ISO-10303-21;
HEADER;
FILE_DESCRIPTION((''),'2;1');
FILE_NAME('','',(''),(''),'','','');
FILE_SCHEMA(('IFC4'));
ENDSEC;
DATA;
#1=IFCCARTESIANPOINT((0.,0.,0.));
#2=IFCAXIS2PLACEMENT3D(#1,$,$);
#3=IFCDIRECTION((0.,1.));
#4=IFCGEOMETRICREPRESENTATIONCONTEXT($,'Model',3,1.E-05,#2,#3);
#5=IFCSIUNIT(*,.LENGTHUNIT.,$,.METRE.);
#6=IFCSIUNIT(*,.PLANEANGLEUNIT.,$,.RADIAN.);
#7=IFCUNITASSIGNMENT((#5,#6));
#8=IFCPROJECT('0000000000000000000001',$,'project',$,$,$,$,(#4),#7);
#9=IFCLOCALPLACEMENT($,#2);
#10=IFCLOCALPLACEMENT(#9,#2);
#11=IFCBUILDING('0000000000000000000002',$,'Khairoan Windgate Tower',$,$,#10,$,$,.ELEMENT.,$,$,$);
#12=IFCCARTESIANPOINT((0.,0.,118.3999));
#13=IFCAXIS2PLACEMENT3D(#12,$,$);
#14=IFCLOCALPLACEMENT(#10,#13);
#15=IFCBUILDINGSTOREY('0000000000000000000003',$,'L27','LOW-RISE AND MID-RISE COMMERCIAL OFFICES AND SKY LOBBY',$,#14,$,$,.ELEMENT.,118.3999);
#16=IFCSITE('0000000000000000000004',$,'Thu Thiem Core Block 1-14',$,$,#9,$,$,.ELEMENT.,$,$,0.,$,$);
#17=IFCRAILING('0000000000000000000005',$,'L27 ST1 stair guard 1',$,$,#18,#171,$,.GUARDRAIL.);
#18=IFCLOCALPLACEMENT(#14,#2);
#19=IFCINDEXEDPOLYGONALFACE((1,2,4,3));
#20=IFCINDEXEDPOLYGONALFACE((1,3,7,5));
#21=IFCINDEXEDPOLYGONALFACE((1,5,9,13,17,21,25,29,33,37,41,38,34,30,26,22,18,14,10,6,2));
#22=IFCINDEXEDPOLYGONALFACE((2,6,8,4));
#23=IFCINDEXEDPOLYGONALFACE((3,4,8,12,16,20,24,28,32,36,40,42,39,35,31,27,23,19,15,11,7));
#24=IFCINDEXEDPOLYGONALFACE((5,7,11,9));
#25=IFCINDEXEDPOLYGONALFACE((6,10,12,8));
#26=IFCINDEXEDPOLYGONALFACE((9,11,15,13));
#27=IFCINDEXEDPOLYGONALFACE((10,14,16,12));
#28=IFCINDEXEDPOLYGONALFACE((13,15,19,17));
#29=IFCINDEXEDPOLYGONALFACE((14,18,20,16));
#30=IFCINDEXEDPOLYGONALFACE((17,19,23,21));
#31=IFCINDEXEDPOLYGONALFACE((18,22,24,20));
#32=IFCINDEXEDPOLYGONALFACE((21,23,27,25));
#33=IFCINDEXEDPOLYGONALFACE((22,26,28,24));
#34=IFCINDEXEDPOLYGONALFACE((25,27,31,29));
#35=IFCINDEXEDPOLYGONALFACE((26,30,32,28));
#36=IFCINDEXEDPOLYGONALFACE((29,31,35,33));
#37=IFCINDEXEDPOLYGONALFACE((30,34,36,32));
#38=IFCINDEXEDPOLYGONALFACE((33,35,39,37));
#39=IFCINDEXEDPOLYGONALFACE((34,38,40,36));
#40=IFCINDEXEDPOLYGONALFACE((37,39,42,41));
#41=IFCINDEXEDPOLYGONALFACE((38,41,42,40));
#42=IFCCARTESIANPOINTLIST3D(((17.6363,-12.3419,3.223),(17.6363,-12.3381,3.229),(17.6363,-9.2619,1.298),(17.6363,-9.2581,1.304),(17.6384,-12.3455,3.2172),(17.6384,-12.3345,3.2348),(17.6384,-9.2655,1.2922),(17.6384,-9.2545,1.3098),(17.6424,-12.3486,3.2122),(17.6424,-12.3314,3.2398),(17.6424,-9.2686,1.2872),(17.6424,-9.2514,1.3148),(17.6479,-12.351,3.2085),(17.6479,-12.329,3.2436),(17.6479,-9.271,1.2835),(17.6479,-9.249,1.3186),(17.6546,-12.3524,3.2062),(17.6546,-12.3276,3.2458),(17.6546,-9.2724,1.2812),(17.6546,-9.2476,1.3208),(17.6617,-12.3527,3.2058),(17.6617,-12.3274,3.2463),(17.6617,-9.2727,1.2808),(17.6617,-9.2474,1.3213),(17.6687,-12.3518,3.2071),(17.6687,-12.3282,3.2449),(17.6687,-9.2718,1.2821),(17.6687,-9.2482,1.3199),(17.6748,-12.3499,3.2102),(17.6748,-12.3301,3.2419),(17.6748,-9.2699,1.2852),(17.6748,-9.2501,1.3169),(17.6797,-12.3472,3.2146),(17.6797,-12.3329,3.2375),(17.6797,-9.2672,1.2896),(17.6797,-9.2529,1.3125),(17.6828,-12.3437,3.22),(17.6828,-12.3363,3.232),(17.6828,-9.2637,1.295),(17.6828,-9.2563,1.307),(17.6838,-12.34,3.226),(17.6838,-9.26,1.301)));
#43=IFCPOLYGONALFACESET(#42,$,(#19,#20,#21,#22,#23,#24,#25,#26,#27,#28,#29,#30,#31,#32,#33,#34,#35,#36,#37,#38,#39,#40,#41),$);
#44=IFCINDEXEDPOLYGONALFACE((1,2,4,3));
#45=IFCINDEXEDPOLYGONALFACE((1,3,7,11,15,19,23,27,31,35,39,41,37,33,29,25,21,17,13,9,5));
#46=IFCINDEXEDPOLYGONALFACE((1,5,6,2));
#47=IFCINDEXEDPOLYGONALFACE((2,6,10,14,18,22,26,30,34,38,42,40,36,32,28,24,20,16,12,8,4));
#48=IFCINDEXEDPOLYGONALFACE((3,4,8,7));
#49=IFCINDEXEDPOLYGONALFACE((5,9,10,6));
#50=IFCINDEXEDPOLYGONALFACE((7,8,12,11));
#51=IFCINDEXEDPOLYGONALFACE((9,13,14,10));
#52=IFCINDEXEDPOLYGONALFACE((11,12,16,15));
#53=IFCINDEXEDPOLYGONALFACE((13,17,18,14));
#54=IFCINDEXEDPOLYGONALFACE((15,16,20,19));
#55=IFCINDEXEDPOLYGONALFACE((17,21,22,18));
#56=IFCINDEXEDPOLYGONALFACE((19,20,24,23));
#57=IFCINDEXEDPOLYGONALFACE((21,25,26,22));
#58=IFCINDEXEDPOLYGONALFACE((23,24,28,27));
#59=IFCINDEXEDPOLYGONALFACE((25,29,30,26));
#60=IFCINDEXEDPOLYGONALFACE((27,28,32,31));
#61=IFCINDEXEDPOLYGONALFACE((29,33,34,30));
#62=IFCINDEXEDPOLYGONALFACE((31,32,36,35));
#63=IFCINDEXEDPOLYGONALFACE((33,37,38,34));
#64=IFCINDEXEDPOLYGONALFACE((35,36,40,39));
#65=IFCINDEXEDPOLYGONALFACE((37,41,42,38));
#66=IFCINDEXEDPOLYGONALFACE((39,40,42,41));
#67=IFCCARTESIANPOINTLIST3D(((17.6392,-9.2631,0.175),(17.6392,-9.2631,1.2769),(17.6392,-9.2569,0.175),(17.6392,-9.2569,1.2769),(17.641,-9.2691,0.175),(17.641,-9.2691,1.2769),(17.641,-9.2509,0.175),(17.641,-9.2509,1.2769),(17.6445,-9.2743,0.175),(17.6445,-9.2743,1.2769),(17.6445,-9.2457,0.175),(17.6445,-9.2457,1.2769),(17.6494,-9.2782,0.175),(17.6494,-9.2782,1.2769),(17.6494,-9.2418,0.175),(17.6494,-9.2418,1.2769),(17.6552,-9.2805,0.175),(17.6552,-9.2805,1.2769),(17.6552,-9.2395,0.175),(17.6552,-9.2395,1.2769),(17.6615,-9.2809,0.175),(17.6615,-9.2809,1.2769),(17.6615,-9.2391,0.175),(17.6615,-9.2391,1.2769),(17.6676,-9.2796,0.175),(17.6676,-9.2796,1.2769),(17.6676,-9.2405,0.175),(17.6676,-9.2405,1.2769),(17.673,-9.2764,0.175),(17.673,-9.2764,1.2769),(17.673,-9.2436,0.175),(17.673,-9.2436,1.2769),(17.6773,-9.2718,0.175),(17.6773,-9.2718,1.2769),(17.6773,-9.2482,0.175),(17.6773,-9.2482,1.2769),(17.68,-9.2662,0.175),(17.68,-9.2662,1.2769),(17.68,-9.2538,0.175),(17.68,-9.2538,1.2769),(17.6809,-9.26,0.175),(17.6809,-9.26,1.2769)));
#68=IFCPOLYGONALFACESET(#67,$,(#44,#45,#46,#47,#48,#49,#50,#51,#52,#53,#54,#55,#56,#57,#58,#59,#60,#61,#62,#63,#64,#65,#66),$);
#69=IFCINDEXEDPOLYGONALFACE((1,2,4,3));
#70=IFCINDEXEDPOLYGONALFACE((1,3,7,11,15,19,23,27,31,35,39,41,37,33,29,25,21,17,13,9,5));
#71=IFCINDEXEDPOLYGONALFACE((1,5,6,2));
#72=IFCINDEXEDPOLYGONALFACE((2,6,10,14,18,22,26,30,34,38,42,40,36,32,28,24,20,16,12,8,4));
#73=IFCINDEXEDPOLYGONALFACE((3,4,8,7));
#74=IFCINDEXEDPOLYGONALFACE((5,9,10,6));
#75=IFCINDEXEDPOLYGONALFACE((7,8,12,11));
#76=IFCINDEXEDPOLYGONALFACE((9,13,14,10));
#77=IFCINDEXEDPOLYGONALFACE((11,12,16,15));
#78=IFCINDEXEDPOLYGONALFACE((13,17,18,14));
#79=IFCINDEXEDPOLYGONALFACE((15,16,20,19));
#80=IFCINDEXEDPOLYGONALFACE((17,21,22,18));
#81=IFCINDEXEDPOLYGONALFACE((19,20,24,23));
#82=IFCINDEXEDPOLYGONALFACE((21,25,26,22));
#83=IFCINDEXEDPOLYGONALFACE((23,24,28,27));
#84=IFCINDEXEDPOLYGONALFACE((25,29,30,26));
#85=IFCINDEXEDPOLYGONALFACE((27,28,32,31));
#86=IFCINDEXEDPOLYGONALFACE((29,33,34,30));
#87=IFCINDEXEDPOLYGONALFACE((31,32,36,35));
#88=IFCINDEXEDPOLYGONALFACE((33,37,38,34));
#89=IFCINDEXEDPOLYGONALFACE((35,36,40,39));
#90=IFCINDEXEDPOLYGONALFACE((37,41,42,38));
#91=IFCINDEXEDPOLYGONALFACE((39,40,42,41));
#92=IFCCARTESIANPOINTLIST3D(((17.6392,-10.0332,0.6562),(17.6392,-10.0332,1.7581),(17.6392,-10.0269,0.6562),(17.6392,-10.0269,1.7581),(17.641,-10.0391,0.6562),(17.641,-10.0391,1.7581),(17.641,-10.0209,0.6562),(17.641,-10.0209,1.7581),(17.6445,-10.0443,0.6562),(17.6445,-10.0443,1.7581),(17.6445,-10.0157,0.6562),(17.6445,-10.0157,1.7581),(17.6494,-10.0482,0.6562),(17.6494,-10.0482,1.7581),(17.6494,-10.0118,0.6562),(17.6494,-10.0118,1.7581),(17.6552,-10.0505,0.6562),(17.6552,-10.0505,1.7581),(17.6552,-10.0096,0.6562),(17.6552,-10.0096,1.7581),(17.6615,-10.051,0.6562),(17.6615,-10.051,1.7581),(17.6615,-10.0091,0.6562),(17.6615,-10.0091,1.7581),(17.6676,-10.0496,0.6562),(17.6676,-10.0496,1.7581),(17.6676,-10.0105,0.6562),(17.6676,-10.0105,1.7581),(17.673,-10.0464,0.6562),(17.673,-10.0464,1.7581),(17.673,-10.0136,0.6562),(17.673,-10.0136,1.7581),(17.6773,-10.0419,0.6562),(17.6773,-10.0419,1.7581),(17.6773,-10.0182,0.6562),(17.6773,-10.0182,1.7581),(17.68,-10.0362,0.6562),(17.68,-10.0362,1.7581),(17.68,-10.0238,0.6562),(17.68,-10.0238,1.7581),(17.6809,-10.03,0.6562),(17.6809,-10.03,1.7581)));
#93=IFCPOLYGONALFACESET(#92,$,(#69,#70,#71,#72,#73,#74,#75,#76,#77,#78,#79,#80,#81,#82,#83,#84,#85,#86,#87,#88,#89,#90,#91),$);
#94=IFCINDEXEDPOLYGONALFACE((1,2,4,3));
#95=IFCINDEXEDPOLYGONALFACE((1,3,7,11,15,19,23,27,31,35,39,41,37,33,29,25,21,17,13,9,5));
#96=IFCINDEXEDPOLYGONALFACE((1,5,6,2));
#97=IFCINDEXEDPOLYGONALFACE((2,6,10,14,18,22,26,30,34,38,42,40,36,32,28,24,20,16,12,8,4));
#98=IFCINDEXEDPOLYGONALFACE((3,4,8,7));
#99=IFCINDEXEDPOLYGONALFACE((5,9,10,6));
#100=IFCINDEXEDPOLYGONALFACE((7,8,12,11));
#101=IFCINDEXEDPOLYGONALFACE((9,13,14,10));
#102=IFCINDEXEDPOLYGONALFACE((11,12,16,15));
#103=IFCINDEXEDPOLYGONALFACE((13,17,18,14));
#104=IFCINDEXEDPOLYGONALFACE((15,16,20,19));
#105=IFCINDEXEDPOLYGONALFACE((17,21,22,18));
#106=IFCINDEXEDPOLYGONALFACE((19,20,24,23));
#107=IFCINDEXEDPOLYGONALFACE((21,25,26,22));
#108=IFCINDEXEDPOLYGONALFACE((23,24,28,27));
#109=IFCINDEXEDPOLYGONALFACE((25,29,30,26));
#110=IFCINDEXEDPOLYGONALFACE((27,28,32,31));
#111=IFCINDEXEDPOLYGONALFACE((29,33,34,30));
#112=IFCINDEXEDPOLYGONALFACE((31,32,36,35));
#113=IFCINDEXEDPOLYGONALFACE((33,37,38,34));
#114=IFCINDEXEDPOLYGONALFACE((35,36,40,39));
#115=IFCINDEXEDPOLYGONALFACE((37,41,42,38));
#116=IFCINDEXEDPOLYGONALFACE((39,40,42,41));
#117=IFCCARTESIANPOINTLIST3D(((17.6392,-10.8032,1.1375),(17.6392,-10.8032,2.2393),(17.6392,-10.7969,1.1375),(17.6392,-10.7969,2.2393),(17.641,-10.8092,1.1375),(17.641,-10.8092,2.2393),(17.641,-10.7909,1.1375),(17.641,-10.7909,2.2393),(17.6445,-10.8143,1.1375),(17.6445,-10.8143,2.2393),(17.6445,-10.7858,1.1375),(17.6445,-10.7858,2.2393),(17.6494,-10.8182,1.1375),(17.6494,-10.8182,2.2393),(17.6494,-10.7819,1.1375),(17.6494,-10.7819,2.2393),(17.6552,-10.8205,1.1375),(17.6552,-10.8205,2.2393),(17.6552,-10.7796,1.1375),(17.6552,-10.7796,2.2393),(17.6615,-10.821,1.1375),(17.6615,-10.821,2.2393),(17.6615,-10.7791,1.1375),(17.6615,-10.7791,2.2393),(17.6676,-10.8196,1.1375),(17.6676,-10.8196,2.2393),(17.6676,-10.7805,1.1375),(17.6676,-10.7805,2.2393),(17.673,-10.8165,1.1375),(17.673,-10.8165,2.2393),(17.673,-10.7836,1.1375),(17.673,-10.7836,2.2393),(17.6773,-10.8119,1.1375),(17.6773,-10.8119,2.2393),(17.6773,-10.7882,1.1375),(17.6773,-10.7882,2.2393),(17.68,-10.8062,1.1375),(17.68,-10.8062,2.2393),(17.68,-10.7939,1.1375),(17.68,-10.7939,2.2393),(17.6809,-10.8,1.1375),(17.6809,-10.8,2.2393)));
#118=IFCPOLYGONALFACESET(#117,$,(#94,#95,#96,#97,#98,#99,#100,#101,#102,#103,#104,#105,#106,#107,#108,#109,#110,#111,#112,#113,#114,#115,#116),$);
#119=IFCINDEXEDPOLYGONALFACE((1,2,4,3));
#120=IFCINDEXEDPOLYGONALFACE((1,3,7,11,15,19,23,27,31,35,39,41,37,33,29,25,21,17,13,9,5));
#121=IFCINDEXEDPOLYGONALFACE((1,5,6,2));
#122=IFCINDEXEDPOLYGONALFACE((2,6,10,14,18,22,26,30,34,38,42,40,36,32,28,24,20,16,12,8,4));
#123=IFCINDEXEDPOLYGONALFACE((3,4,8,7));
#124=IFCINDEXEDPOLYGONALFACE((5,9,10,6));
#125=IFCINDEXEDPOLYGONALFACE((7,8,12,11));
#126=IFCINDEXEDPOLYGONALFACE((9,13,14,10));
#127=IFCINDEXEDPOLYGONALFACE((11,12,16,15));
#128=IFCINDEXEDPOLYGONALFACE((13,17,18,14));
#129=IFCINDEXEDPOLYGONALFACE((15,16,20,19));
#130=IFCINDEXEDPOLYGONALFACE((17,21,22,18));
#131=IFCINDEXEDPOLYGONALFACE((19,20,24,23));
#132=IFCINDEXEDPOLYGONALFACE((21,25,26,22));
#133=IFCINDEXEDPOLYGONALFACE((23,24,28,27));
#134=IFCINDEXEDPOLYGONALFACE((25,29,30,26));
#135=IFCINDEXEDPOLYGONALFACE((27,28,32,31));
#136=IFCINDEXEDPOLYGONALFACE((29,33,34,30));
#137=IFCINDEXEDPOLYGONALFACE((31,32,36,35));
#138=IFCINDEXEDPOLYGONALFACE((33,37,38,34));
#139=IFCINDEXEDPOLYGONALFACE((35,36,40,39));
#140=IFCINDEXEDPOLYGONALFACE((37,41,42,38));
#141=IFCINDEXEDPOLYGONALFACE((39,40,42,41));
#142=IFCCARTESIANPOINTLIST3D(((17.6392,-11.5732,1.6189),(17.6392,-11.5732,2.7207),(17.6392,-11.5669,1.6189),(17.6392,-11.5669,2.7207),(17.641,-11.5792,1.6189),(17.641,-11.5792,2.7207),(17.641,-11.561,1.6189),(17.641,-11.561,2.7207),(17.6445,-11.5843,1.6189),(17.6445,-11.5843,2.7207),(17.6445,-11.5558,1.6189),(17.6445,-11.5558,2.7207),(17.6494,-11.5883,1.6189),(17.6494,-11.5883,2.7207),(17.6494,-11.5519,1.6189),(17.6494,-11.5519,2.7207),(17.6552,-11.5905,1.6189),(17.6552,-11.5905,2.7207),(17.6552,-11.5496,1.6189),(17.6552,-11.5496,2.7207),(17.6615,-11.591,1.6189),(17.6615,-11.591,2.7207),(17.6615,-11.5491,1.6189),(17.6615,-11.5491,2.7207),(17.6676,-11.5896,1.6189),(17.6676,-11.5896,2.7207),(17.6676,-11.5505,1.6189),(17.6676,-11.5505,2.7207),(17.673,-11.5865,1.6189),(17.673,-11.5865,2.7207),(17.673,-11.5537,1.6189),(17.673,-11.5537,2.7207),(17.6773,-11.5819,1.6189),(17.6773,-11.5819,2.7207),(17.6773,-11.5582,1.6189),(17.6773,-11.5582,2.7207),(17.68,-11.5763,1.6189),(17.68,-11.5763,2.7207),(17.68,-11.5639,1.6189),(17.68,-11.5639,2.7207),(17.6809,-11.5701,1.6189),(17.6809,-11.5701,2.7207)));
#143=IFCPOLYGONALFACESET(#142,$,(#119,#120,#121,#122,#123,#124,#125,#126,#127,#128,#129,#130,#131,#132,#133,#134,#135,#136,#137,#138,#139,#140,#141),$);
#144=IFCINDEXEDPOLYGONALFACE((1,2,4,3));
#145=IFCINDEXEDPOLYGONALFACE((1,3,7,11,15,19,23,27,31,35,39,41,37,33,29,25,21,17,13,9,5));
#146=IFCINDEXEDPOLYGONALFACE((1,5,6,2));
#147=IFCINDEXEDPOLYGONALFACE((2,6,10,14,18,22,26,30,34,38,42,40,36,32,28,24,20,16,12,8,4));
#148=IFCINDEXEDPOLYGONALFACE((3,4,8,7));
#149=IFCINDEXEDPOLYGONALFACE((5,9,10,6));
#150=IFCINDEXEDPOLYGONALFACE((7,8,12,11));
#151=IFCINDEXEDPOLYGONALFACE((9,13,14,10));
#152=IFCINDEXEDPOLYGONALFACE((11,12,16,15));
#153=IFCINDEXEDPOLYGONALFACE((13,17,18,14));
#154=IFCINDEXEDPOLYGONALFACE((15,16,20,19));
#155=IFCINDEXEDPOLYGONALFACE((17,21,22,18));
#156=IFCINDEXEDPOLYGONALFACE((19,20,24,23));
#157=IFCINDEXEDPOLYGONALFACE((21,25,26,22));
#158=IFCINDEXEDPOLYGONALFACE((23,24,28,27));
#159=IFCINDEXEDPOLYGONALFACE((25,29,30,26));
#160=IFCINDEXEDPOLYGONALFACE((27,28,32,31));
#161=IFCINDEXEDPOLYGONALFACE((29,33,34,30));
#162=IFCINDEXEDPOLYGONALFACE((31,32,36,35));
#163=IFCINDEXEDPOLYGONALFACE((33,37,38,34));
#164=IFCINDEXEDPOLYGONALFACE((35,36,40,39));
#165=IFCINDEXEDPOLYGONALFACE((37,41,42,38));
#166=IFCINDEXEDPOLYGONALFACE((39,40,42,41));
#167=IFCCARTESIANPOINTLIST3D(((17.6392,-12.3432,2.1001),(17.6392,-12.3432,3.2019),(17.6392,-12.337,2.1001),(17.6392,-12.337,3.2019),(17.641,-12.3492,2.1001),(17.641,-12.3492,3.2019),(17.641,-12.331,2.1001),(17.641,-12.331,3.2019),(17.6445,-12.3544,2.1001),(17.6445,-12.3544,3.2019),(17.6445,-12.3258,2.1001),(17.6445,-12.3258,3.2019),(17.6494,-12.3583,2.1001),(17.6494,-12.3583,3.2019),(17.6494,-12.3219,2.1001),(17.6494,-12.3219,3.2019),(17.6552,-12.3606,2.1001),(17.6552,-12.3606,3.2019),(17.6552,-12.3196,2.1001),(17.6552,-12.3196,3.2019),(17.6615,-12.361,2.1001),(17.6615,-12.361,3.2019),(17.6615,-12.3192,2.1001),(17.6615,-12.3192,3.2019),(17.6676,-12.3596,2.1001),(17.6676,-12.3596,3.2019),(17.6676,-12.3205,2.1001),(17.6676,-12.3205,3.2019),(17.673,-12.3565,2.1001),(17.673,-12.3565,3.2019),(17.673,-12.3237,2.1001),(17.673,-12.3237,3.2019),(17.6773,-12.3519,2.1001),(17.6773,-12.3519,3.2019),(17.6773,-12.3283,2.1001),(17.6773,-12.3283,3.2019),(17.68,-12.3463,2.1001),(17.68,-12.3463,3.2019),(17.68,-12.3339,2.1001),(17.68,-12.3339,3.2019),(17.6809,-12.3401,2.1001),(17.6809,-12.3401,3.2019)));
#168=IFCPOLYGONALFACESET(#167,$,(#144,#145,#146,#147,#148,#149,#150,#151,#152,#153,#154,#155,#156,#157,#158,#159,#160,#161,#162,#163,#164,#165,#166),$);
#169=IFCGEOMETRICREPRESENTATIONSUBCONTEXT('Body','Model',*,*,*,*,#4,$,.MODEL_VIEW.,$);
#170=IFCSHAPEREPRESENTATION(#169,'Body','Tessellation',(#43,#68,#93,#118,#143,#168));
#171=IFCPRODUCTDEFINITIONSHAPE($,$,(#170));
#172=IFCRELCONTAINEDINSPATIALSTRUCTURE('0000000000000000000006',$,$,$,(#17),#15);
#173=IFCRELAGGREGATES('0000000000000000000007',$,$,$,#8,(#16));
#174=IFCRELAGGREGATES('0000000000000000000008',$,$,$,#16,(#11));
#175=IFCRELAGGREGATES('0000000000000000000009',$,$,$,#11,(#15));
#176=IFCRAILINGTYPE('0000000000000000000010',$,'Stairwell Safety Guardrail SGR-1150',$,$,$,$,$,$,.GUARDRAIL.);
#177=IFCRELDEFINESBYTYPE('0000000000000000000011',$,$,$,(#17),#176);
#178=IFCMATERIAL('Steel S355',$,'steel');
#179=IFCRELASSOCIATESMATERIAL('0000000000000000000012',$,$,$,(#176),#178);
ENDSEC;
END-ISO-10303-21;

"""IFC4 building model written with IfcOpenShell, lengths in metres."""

from ifc_helpers import new_model, si_unit, direction, frame, origin, origin_2d, place, context, subcontext, project, spatial, circle, extrude, material, type_object, element, save


model = new_model("IFC4")

# Units and contexts
model_context = context("Model", 3, precision=1e-05, world=origin(), true_north=direction((0.0, 1.0)))
body_context = subcontext(model_context, "Body", "Model", "MODEL_VIEW")
ifc_project = project(units=[si_unit("LENGTHUNIT", "METRE"), si_unit("PLANEANGLEUNIT", "RADIAN")], contexts=[model_context])

# Site, building, storey
site_placement = place(None, origin())
site = spatial("IfcSite", under=ifc_project, at=site_placement, Name="Thu Thiem Core Block 1-14", CompositionType="ELEMENT", RefElevation=0.0)
building_placement = place(site_placement, origin())
building = spatial("IfcBuilding", under=site, at=building_placement, Name="Khairoan Windgate Tower", CompositionType="ELEMENT")
storey_placement = place(building_placement, frame((0.0, 0.0, 118.3999)))
storey = spatial("IfcBuildingStorey", under=building, at=storey_placement, Name="L27", Description="LOW-RISE AND MID-RISE COMMERCIAL OFFICES AND SKY LOBBY", CompositionType="ELEMENT", Elevation=118.3999)

# Railing
ifc_material_1 = material(Name="Steel S355", Category="steel")
railing_type_1 = type_object("IfcRailingType", Name="Stairwell Safety Guardrail SGR-1150", PredefinedType="GUARDRAIL", material=ifc_material_1)
railing_1_placement = place(storey_placement, frame((17.6599, -9.26, 0.175)))
element("IfcRailing", 1, at=railing_1_placement, inside=storey, type_object=railing_type_1, Name="L27 ST1 stair guard 1", PredefinedType="GUARDRAIL", context=body_context, shape_type="SweptSolid", body=[
    extrude(circle(Radius=0.0239, at=origin_2d()), frame((0.0, 0.0, 1.126), z_axis=(0.0, -0.847998, 0.529999), x_axis=(1.0, 0.0, 0.0)), (0.0, 0.0, 1.0), 3.6321),
    extrude(circle(Radius=0.021, at=origin_2d()), origin(), (0.0, 0.0, 1.0), 1.1018),
    extrude(circle(Radius=0.021, at=origin_2d()), frame((0.0, -0.77, 0.4812)), (0.0, 0.0, 1.0), 1.1018),
    extrude(circle(Radius=0.021, at=origin_2d()), frame((0.0, -1.54, 0.9624)), (0.0, 0.0, 1.0), 1.1018),
    extrude(circle(Radius=0.021, at=origin_2d()), frame((0.0, -2.3101, 1.4438)), (0.0, 0.0, 1.0), 1.1018),
    extrude(circle(Radius=0.021, at=origin_2d()), frame((0.0, -3.0801, 1.925)), (0.0, 0.0, 1.0), 1.1018),
])

save(model, "model.ifc")
